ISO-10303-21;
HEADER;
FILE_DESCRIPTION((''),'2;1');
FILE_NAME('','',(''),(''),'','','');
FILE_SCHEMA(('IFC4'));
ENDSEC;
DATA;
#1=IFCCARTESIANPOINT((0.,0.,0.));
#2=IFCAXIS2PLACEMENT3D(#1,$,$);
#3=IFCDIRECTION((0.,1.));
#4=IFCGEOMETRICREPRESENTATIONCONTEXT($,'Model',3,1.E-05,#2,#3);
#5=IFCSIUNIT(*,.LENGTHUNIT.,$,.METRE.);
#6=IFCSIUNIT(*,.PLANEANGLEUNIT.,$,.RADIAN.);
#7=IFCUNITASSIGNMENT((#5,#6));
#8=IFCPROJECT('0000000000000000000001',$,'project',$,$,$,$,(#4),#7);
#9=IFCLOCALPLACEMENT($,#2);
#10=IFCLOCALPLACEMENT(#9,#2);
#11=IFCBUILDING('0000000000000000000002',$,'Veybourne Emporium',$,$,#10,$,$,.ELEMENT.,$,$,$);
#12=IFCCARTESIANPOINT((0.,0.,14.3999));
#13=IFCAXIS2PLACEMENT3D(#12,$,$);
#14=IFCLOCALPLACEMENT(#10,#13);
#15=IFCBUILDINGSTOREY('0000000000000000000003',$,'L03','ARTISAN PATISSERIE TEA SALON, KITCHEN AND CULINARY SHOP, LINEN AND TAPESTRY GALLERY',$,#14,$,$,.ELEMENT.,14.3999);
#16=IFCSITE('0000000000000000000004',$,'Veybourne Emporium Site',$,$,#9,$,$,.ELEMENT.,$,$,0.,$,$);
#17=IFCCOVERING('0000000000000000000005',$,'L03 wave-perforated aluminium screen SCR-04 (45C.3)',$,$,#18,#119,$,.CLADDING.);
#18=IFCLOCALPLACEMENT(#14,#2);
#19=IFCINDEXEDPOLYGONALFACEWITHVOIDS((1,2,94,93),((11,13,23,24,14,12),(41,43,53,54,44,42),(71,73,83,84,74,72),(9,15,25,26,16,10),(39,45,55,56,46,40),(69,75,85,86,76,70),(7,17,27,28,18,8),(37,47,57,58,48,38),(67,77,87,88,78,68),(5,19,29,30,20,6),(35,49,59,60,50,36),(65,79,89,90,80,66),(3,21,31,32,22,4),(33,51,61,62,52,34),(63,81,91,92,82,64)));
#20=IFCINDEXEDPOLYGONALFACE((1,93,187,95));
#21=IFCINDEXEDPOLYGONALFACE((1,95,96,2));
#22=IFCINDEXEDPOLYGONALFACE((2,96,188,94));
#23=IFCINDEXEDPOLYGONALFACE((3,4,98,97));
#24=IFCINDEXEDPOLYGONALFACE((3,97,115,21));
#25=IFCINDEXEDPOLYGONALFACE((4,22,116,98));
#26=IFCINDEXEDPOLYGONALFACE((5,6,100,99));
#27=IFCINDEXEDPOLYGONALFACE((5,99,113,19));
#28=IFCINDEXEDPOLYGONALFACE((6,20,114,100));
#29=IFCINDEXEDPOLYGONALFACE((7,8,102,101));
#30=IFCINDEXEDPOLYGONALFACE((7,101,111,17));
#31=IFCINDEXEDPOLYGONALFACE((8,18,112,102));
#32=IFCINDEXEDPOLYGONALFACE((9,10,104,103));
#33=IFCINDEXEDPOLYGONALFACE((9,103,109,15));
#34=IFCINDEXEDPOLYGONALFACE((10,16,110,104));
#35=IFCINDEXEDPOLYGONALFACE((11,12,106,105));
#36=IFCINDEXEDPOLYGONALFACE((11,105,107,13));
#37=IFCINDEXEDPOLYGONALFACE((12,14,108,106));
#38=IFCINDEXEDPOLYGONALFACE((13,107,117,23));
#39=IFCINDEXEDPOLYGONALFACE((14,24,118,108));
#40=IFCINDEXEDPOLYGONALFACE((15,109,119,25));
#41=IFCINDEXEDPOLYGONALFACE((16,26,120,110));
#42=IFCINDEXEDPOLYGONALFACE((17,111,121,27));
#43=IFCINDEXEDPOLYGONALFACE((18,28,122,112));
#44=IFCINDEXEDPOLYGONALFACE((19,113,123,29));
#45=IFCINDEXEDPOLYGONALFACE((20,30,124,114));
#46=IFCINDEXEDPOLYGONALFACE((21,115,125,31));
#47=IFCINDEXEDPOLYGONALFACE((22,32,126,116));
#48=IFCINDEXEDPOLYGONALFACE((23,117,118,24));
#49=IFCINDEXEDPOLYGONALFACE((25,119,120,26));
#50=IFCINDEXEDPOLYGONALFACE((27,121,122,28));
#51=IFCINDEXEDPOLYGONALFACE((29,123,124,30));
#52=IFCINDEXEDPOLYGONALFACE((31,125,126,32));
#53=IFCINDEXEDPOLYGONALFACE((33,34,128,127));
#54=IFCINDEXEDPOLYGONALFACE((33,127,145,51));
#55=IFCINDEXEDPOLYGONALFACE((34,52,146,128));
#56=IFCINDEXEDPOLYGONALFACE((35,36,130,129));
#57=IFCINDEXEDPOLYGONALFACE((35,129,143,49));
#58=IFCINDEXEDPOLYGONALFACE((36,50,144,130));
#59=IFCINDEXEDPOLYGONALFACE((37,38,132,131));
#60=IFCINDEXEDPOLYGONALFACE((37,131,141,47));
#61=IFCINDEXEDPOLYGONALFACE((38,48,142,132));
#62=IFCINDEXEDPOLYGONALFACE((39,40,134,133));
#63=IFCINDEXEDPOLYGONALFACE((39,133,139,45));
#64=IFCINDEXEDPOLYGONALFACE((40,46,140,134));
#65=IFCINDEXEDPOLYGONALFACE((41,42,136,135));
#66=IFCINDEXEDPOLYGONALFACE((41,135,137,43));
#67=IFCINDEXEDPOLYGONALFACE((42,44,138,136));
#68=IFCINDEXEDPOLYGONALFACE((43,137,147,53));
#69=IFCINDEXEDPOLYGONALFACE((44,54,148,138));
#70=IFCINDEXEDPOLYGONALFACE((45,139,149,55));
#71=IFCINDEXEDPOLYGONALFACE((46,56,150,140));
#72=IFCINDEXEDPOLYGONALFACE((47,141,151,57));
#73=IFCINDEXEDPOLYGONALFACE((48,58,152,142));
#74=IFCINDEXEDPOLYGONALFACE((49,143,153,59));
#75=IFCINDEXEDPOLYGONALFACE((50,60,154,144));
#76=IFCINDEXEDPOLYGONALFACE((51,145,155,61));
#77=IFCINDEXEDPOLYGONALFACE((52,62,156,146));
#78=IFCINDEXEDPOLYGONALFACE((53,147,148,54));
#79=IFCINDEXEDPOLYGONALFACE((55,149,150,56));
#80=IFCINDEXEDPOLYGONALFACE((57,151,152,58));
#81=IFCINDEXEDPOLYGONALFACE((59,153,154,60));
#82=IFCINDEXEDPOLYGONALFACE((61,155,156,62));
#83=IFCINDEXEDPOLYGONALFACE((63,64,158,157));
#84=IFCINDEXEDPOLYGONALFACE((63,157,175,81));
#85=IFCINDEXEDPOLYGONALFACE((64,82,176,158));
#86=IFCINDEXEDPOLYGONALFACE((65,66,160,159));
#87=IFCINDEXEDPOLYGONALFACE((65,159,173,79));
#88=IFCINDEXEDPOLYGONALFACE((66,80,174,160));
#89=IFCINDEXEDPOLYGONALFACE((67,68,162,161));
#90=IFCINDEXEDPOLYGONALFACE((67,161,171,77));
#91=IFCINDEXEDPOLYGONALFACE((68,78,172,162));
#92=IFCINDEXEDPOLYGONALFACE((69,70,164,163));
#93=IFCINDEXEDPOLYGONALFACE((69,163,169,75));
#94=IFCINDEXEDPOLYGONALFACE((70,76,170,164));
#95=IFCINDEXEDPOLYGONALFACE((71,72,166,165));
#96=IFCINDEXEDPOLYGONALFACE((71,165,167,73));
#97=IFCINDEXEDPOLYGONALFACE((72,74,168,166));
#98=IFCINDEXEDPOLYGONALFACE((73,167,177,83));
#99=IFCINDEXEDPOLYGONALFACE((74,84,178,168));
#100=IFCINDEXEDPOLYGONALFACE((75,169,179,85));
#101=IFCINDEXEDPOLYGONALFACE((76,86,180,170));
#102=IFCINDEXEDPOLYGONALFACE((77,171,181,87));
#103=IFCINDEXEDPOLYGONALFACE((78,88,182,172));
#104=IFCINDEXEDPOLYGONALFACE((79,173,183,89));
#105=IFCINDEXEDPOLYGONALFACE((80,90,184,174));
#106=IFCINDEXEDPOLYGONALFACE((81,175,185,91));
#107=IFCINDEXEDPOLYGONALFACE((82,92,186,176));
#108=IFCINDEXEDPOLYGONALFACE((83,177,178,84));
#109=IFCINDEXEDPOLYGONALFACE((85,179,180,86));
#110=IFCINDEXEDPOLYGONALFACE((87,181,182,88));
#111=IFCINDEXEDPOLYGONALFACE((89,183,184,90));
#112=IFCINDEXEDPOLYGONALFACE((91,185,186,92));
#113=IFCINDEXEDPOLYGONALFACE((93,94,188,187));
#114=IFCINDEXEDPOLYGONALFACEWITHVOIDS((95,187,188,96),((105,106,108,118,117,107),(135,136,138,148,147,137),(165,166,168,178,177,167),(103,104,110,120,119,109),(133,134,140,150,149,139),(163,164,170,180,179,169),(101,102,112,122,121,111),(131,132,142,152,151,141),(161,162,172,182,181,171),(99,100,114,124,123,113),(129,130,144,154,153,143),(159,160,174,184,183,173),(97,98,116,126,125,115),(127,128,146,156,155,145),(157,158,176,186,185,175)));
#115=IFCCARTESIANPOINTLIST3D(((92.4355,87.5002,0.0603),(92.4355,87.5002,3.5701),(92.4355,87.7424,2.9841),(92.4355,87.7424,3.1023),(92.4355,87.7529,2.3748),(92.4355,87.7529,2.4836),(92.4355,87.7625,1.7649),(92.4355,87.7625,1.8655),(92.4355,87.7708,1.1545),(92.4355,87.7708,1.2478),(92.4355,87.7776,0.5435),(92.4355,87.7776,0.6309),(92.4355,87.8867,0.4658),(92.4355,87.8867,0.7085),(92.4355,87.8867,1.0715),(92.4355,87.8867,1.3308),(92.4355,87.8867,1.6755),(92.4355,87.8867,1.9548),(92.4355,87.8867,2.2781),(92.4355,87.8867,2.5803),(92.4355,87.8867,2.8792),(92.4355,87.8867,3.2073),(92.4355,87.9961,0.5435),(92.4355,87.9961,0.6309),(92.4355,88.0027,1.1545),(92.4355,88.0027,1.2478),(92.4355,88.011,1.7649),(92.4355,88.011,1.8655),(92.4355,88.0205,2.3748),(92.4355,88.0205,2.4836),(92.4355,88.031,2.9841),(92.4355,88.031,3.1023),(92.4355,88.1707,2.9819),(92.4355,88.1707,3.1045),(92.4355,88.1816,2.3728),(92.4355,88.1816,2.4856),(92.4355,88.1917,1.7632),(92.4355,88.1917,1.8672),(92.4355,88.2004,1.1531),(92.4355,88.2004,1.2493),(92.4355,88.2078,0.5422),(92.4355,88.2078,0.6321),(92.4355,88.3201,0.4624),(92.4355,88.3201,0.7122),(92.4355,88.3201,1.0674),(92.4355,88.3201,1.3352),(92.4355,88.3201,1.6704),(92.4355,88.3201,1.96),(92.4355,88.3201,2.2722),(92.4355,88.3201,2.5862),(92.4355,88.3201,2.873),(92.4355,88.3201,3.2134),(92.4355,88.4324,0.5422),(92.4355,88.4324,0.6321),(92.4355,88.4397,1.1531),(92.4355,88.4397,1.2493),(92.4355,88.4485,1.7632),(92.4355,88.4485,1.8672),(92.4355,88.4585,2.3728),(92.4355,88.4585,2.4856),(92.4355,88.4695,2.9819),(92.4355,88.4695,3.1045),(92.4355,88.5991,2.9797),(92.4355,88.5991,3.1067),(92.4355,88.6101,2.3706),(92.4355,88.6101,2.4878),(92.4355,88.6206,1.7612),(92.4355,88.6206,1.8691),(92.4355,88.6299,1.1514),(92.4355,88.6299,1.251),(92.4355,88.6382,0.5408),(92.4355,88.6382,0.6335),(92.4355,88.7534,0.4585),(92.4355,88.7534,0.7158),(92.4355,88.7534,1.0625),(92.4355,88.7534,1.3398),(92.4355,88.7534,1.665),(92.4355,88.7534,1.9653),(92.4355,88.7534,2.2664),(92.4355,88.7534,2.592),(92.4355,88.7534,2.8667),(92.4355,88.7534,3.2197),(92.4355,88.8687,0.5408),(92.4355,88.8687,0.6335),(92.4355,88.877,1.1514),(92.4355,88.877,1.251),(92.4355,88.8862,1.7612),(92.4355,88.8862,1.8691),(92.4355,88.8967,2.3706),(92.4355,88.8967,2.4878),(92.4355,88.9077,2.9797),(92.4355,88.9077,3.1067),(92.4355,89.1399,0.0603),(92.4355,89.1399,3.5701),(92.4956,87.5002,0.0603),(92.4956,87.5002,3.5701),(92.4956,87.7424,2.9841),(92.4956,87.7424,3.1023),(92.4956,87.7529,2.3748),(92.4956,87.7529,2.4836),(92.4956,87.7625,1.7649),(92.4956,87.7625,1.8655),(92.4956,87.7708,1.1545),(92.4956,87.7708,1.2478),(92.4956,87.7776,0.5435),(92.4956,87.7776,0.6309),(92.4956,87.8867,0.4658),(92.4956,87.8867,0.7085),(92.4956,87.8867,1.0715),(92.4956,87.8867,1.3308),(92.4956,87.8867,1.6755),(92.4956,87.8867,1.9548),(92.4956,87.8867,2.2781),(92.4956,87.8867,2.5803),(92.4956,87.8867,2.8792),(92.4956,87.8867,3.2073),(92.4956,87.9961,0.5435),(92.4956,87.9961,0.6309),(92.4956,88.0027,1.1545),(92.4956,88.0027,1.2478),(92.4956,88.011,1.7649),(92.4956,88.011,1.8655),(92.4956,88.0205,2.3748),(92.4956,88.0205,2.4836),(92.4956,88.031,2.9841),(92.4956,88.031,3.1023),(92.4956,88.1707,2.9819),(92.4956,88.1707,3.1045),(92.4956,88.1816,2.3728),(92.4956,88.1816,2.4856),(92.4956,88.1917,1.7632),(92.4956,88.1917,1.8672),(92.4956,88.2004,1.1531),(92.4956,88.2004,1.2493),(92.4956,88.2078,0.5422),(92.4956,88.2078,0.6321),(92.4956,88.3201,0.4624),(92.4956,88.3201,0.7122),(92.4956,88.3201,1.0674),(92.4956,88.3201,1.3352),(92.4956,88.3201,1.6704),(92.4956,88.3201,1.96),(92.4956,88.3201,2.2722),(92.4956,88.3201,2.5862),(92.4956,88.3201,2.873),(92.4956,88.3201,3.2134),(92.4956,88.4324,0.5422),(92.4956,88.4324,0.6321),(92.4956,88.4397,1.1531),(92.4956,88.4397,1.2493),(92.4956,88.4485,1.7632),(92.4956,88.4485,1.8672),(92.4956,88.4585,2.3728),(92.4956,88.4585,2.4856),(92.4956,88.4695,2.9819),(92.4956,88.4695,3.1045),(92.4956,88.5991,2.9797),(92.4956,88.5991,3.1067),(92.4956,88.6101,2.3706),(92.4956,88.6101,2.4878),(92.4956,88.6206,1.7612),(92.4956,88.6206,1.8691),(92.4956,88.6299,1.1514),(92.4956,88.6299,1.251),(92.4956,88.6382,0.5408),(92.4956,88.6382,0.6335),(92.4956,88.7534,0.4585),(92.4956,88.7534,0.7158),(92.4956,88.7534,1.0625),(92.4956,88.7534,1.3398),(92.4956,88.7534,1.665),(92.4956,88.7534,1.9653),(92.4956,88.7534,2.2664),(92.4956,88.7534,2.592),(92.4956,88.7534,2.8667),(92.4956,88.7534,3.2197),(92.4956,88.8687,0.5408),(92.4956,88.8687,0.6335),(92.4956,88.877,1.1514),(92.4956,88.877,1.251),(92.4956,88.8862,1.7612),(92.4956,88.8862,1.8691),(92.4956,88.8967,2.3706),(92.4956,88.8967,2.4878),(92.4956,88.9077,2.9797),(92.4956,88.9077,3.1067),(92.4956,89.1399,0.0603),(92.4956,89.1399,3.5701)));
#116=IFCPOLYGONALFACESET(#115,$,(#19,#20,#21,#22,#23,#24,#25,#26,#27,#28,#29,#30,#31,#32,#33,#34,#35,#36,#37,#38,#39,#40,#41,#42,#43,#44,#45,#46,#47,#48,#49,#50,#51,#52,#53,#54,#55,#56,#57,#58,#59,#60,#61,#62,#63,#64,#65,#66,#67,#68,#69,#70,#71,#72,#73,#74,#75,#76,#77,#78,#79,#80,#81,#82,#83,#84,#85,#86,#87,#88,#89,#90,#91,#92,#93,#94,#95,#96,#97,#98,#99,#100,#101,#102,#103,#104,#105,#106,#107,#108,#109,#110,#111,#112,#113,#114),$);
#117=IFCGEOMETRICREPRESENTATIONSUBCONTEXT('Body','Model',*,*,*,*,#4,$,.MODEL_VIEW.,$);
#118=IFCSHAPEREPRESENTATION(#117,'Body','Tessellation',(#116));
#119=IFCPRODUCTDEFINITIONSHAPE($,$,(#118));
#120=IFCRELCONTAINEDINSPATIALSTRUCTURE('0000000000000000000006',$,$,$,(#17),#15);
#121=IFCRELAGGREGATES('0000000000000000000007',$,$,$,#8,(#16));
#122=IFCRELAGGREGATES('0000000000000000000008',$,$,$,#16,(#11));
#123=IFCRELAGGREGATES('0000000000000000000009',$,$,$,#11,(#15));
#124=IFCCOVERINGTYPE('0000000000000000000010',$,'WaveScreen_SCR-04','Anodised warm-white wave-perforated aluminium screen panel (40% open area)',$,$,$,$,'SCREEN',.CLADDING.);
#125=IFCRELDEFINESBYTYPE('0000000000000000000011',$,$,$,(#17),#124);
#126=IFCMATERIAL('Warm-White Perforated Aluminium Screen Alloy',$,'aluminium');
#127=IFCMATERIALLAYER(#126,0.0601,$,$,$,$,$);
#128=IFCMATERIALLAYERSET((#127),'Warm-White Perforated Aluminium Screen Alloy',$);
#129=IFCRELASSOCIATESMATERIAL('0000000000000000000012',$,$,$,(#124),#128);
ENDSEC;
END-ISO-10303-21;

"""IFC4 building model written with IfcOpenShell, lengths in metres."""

from ifc_helpers import new_model, si_unit, direction, frame, origin, place, context, subcontext, project, spatial, polyline, outline, extrude, material, layer, layer_set, type_object, element, save


model = new_model("IFC4")

# Units and contexts
model_context = context("Model", 3, precision=1e-05, world=origin(), true_north=direction((0.0, 1.0)))
body_context = subcontext(model_context, "Body", "Model", "MODEL_VIEW")
ifc_project = project(units=[si_unit("LENGTHUNIT", "METRE"), si_unit("PLANEANGLEUNIT", "RADIAN")], contexts=[model_context])

# Site, building, storey
site_placement = place(None, origin())
site = spatial("IfcSite", under=ifc_project, at=site_placement, Name="Veybourne Emporium Site", CompositionType="ELEMENT", RefElevation=0.0)
building_placement = place(site_placement, origin())
building = spatial("IfcBuilding", under=site, at=building_placement, Name="Veybourne Emporium", CompositionType="ELEMENT")
storey_placement = place(building_placement, frame((0.0, 0.0, 14.3999)))
storey = spatial("IfcBuildingStorey", under=building, at=storey_placement, Name="L03", Description="ARTISAN PATISSERIE TEA SALON, KITCHEN AND CULINARY SHOP, LINEN AND TAPESTRY GALLERY", CompositionType="ELEMENT", Elevation=14.3999)

# Covering
ifc_material_1 = material(Name="Warm-White Perforated Aluminium Screen Alloy", Category="aluminium")
ifc_layer_1 = layer(ifc_material_1, 0.0601)
ifc_layer_set_1 = layer_set([ifc_layer_1], Name="Warm-White Perforated Aluminium Screen Alloy")
covering_type_1 = type_object("IfcCoveringType", Name="WaveScreen_SCR-04", Description="Anodised warm-white wave-perforated aluminium screen panel (40% open area)", ElementType="SCREEN", PredefinedType="CLADDING", material=ifc_layer_set_1)
covering_1_placement = place(storey_placement, frame((92.4956, 88.3201, 1.8152), z_axis=(-1.0, 0.0, 0.0), x_axis=(0.0, -1.0, 0.0)))
element("IfcCovering", 1, at=covering_1_placement, inside=storey, type_object=covering_type_1, Name="L03 wave-perforated aluminium screen SCR-04 (45C.3)", PredefinedType="CLADDING", context=body_context, shape_type="SweptSolid", body=[
    extrude(outline(polyline([(-0.8198, -1.7549), (0.8198, -1.7549), (0.8198, 1.7549), (-0.8198, 1.7549), (-0.8198, -1.7549)]), holes=[polyline([(-0.4333, -1.0994), (-0.3181, -1.1816), (-0.3181, -1.2744), (-0.4333, -1.3567), (-0.5486, -1.2744), (-0.5486, -1.1816), (-0.4333, -1.0994)]), polyline([(-0.4333, -0.4753), (-0.3098, -0.5642), (-0.3098, -0.6638), (-0.4333, -0.7527), (-0.5569, -0.6638), (-0.5569, -0.5642), (-0.4333, -0.4753)]), polyline([(-0.4333, 0.1501), (-0.3005, 0.054), (-0.3005, -0.054), (-0.4333, -0.1501), (-0.5662, -0.054), (-0.5662, 0.054), (-0.4333, 0.1501)]), polyline([(-0.4333, 0.7769), (-0.29, 0.6726), (-0.29, 0.5554), (-0.4333, 0.4512), (-0.5767, 0.5554), (-0.5767, 0.6726), (-0.4333, 0.7769)]), polyline([(-0.4333, 1.4045), (-0.2791, 1.2915), (-0.2791, 1.1646), (-0.4333, 1.0515), (-0.5876, 1.1646), (-0.5876, 1.2915), (-0.4333, 1.4045)]), polyline([(0.0, -1.103), (0.1123, -1.1831), (0.1123, -1.2729), (0.0, -1.3528), (-0.1123, -1.2729), (-0.1123, -1.1831), (0.0, -1.103)]), polyline([(0.0, -0.48), (0.1196, -0.5659), (0.1196, -0.6621), (0.0, -0.7478), (-0.1196, -0.6621), (-0.1196, -0.5659), (0.0, -0.48)]), polyline([(0.0, 0.1448), (0.1284, 0.052), (0.1284, -0.052), (0.0, -0.1448), (-0.1284, -0.052), (-0.1284, 0.052), (0.0, 0.1448)]), polyline([(0.0, 0.771), (0.1384, 0.6704), (0.1384, 0.5576), (0.0, 0.457), (-0.1384, 0.5576), (-0.1384, 0.6704), (0.0, 0.771)]), polyline([(0.0, 1.3982), (0.1494, 1.2893), (0.1494, 1.1667), (0.0, 1.0579), (-0.1494, 1.1667), (-0.1494, 1.2893), (0.0, 1.3982)]), polyline([(0.4333, -1.1067), (0.5425, -1.1843), (0.5425, -1.2717), (0.4333, -1.3494), (0.324, -1.2717), (0.324, -1.1843), (0.4333, -1.1067)]), polyline([(0.4333, -0.4844), (0.5493, -0.5674), (0.5493, -0.6606), (0.4333, -0.7437), (0.3174, -0.6606), (0.3174, -0.5674), (0.4333, -0.4844)]), polyline([(0.4333, 0.1396), (0.5576, 0.0503), (0.5576, -0.0503), (0.4333, -0.1396), (0.3091, -0.0503), (0.3091, 0.0503), (0.4333, 0.1396)]), polyline([(0.4333, 0.7651), (0.5671, 0.6685), (0.5671, 0.5596), (0.4333, 0.4629), (0.2996, 0.5596), (0.2996, 0.6685), (0.4333, 0.7651)]), polyline([(0.4333, 1.3921), (0.5776, 1.2871), (0.5776, 1.1689), (0.4333, 1.064), (0.2891, 1.1689), (0.2891, 1.2871), (0.4333, 1.3921)])]), origin(), (0.0, 0.0, 1.0), 0.0601),
])

save(model, "model.ifc")
